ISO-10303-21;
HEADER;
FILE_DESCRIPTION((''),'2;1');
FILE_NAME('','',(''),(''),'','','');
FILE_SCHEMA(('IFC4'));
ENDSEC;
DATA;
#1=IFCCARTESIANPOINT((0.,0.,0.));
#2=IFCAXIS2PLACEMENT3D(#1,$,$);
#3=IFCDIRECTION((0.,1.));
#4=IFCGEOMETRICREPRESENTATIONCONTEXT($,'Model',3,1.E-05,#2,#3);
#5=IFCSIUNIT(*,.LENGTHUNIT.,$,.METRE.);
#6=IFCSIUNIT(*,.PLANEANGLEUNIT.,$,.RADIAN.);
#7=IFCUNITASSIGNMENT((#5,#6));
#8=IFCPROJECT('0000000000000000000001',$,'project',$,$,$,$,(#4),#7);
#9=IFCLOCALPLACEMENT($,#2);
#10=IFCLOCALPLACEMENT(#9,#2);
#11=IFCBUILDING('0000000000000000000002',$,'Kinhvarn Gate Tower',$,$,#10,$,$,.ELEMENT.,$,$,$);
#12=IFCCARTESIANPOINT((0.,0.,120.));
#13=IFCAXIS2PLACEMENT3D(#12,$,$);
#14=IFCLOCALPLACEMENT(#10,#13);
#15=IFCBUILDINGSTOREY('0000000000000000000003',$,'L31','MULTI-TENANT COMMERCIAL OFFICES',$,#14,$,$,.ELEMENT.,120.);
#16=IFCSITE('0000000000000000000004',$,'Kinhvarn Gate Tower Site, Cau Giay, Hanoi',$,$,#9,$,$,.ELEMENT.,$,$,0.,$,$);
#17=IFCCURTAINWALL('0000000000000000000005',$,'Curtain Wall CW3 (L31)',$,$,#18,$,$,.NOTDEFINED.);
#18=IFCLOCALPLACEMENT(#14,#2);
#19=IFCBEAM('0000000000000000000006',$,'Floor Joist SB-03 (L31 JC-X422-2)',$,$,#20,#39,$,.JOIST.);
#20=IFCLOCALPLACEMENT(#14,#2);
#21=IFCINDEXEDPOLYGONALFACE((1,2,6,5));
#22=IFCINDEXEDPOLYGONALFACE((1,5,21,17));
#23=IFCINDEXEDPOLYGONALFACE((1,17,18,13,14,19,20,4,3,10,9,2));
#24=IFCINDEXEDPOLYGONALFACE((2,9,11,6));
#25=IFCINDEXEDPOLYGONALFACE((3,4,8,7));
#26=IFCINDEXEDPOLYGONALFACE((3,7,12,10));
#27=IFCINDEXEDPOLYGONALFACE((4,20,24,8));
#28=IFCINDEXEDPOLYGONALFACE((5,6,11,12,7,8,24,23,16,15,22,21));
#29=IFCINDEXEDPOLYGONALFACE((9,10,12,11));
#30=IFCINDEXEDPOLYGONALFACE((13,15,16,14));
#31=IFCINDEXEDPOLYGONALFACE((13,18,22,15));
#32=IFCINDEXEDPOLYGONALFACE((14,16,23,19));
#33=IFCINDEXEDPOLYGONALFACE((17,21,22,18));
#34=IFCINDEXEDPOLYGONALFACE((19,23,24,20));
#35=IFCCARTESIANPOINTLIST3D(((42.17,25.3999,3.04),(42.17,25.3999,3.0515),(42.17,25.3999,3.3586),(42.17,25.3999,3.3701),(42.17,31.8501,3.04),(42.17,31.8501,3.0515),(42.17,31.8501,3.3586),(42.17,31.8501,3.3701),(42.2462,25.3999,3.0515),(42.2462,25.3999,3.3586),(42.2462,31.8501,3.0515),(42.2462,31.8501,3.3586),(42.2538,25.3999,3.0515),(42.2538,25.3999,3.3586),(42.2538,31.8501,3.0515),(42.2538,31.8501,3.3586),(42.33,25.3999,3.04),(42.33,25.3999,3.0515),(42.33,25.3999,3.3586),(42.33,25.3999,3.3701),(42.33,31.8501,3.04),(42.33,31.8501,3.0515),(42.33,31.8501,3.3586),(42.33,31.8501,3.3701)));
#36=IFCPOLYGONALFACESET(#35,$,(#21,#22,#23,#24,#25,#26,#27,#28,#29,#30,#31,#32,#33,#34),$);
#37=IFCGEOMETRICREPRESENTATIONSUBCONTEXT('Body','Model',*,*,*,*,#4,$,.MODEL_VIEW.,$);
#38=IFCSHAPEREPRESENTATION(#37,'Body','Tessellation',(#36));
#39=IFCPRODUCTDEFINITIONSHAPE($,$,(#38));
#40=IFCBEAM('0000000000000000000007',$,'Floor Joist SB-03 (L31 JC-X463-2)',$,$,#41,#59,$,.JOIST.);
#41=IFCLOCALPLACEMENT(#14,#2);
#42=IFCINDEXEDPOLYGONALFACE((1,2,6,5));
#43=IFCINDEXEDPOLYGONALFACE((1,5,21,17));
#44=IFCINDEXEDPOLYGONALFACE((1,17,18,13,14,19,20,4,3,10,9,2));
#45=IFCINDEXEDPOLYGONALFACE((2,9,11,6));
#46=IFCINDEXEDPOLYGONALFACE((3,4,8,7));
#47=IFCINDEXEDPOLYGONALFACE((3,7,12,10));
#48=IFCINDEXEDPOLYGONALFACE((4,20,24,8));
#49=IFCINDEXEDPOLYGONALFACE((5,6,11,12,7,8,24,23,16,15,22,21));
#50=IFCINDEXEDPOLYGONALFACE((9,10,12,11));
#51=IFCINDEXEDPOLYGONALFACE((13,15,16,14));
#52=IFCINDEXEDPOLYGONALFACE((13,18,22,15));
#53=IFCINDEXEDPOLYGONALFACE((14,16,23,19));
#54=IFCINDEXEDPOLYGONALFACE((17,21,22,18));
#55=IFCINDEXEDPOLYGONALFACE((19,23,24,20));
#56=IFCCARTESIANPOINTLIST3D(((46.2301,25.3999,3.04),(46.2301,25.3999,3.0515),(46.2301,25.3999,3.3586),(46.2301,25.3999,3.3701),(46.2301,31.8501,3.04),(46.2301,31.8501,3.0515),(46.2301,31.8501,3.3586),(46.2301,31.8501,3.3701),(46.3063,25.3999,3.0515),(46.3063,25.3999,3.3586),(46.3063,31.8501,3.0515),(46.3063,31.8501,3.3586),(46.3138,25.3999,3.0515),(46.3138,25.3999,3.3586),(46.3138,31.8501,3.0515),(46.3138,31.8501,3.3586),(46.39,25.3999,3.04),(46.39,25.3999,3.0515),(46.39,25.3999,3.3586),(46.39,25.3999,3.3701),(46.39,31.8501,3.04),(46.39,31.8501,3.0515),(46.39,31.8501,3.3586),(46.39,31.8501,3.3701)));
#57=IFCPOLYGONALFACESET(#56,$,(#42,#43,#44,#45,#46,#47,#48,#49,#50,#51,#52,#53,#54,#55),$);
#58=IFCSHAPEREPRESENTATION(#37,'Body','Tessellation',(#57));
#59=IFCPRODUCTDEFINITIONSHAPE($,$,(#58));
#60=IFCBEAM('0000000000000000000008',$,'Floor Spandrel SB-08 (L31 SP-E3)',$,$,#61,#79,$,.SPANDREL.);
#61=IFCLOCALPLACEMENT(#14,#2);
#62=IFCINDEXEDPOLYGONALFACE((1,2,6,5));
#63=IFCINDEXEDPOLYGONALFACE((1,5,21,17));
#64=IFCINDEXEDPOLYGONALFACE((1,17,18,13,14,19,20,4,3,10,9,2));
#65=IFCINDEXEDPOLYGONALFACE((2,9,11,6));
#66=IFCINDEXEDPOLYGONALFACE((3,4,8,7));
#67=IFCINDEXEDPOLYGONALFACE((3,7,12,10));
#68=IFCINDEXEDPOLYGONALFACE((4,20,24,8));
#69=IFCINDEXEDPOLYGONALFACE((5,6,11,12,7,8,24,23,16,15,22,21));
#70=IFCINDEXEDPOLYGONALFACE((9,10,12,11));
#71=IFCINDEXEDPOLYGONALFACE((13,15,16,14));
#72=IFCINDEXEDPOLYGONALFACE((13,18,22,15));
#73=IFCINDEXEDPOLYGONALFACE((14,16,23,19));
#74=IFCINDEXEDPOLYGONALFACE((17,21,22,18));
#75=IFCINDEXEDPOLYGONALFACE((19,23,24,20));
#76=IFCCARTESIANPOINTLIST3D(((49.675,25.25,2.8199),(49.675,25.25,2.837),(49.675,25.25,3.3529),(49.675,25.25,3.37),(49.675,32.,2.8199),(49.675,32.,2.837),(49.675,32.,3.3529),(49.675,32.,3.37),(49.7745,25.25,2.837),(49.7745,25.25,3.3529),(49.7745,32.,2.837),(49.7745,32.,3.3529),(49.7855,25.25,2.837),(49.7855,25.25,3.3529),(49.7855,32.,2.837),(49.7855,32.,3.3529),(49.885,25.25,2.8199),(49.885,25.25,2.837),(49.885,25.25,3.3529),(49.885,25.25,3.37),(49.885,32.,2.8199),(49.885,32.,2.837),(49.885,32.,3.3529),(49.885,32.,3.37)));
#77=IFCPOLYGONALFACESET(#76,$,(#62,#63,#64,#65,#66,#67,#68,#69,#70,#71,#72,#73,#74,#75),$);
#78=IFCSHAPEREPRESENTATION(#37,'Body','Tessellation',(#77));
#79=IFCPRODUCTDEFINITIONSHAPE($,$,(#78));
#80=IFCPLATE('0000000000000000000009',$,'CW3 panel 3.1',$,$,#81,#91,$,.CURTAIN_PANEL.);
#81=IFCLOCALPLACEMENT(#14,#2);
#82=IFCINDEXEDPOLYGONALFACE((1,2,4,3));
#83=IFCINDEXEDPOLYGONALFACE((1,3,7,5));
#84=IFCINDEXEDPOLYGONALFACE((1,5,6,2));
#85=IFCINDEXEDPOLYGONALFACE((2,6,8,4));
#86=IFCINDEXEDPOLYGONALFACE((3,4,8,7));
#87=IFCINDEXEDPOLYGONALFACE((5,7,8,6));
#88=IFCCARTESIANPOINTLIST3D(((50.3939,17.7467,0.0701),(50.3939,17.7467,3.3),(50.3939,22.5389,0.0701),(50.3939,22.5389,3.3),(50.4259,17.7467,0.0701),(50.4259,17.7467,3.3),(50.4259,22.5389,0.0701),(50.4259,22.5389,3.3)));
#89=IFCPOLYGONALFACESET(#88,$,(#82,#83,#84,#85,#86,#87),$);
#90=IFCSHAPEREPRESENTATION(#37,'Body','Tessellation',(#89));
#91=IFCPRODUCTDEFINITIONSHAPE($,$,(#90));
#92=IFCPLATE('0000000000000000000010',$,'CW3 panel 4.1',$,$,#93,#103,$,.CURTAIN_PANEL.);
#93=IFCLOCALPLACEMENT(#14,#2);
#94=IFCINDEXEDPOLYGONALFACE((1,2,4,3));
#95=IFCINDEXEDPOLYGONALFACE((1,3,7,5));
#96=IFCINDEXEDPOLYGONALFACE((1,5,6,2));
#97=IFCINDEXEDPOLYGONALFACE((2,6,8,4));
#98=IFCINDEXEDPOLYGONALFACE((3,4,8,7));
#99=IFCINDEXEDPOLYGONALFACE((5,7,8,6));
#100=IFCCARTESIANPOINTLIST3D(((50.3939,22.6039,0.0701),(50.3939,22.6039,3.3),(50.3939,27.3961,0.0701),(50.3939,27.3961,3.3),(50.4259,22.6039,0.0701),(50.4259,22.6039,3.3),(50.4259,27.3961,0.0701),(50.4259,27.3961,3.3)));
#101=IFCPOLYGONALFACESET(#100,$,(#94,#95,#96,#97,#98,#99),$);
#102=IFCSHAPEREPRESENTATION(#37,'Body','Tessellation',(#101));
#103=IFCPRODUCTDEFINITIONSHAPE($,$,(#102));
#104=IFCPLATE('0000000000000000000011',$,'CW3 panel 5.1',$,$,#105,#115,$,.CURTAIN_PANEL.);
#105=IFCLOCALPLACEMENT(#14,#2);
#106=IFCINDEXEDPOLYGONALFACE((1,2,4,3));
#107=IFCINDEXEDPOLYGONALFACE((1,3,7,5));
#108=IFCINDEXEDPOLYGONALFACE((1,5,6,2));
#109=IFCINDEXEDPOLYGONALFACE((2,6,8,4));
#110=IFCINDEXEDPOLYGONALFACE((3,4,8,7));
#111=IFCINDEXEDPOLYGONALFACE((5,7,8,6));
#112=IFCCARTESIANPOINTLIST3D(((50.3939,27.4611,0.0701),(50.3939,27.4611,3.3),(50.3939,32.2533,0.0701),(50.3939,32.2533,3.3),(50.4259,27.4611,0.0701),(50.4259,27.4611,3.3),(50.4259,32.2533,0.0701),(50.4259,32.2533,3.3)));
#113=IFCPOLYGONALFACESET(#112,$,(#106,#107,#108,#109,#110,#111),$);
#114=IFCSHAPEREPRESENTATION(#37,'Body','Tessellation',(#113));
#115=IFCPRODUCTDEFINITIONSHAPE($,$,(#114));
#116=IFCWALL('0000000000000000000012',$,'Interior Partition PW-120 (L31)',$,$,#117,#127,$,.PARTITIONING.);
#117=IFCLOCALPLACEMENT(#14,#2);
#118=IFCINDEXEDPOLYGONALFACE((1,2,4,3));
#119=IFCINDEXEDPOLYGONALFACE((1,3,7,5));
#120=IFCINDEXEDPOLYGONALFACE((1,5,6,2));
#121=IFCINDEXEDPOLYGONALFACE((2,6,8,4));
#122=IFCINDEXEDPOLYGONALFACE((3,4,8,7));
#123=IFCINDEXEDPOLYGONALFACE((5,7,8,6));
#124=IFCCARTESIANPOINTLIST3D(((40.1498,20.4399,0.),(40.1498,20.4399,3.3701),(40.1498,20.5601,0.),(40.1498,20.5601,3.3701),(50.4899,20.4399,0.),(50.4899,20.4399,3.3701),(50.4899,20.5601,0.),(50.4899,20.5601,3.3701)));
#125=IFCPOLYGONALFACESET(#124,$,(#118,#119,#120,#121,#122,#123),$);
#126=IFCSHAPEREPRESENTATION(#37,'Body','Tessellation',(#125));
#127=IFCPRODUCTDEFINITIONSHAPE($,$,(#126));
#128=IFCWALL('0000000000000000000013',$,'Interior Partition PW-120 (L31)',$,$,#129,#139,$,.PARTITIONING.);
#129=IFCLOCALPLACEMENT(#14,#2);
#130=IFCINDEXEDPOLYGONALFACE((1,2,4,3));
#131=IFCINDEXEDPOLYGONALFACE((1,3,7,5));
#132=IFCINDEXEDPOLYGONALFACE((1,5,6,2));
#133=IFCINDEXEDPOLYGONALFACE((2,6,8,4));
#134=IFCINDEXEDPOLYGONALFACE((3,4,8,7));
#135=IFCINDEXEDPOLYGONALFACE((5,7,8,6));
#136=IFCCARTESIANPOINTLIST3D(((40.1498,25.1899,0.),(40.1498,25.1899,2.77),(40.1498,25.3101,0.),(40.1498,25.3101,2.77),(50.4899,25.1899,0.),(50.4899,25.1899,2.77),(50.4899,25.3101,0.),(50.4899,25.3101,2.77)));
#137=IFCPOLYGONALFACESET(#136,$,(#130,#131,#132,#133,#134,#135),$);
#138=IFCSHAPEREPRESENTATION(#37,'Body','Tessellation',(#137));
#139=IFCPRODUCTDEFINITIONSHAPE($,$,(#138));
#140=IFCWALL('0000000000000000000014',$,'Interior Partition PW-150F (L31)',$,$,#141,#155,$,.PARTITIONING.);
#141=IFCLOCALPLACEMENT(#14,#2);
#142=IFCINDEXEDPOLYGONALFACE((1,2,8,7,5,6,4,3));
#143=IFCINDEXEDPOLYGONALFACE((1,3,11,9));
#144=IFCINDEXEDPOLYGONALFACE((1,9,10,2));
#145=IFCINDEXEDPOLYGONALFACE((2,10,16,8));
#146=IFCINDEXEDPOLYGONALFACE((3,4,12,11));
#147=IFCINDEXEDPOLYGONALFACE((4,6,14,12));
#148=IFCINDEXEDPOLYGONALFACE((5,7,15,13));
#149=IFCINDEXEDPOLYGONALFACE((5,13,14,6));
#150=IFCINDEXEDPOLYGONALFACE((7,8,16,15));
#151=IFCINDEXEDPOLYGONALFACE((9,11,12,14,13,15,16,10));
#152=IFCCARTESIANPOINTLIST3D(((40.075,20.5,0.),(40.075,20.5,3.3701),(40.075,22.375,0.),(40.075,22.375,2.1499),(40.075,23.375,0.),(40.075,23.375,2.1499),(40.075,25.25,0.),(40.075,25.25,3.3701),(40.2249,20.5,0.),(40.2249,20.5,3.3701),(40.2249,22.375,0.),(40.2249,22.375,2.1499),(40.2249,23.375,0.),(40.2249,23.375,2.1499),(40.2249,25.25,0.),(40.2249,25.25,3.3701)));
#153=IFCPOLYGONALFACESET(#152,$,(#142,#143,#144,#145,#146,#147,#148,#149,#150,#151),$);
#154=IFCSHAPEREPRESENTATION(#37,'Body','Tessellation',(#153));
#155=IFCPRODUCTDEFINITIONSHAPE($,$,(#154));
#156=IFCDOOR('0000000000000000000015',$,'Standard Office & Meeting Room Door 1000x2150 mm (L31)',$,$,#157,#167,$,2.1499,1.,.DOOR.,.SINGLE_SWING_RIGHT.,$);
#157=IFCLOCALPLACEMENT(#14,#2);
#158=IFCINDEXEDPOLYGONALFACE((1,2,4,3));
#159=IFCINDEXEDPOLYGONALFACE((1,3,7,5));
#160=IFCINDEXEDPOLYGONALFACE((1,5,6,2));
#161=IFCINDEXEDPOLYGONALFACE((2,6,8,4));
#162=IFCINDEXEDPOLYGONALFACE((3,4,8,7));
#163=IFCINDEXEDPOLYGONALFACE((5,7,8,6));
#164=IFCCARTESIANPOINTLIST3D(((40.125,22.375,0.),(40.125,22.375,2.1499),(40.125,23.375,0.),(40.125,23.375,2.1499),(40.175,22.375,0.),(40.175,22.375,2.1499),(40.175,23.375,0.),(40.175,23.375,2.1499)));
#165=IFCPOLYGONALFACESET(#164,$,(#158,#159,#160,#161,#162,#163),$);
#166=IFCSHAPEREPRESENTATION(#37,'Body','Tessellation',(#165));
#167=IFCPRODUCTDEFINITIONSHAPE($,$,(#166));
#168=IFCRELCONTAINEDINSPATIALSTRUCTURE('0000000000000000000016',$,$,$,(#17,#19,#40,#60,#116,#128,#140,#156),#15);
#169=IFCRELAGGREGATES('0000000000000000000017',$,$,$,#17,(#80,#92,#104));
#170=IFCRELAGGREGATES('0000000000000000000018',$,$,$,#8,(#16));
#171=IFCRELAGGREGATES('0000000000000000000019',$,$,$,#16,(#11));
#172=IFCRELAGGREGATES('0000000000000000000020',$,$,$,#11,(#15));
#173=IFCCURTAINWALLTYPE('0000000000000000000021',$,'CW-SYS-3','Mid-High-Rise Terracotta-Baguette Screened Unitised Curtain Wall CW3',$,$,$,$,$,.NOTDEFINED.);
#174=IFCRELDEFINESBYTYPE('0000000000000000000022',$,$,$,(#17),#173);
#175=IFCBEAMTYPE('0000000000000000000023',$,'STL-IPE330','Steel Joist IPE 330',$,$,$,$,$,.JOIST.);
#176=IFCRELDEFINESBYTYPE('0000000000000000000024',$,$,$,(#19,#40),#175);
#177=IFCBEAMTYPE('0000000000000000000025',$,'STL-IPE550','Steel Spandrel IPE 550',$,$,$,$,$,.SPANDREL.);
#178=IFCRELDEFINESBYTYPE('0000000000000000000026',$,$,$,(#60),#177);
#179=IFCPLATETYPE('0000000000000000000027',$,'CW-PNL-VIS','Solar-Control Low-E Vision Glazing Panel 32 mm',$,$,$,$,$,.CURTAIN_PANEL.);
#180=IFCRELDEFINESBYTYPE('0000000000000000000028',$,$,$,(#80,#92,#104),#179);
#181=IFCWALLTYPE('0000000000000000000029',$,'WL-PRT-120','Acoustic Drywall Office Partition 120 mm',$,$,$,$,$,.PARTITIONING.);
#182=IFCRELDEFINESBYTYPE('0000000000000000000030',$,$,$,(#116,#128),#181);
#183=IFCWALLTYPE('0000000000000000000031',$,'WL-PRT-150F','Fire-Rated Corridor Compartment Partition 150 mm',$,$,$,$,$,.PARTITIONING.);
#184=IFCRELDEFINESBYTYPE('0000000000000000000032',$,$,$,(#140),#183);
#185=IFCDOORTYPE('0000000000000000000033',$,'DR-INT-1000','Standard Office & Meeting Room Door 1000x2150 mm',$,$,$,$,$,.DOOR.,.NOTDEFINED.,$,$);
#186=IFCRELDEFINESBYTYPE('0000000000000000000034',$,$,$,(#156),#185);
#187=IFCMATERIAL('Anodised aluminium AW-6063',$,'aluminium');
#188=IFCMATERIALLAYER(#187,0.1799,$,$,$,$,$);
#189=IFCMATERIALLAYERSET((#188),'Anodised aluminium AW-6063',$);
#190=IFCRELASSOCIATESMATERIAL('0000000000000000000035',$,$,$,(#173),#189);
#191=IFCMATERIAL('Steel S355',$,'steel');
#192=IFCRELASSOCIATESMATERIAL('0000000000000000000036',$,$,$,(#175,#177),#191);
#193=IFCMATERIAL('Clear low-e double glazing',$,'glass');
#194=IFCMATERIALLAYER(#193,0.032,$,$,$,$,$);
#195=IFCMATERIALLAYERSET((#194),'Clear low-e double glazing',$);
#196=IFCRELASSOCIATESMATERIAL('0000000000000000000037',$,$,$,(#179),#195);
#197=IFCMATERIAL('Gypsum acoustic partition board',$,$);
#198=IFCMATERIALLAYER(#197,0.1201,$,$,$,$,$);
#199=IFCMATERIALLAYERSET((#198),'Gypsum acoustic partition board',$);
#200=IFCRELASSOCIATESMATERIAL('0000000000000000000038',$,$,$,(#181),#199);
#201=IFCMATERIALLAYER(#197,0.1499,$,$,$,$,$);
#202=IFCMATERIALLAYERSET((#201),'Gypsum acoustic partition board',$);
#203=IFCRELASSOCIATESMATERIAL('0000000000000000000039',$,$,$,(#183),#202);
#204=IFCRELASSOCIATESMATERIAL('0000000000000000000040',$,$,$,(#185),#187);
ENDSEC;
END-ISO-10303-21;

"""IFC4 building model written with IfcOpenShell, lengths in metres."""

from ifc_helpers import new_model, si_unit, direction, frame, frame_2d, origin, origin_2d, place, context, subcontext, project, spatial, rectangle, i_section, extrude, material, layer, layer_set, material_profile, profile_set, type_object, element, fill, aggregate, save


model = new_model("IFC4")

# Units and contexts
model_context = context("Model", 3, precision=1e-05, world=origin(), true_north=direction((0.0, 1.0)))
body_context = subcontext(model_context, "Body", "Model", "MODEL_VIEW")
ifc_project = project(units=[si_unit("LENGTHUNIT", "METRE"), si_unit("PLANEANGLEUNIT", "RADIAN")], contexts=[model_context])

# Site, building, storey
site_placement = place(None, origin())
site = spatial("IfcSite", under=ifc_project, at=site_placement, Name="Kinhvarn Gate Tower Site, Cau Giay, Hanoi", CompositionType="ELEMENT", RefElevation=0.0)
building_placement = place(site_placement, origin())
building = spatial("IfcBuilding", under=site, at=building_placement, Name="Kinhvarn Gate Tower", CompositionType="ELEMENT")
storey_placement = place(building_placement, frame((0.0, 0.0, 120.0)))
storey = spatial("IfcBuildingStorey", under=building, at=storey_placement, Name="L31", Description="MULTI-TENANT COMMERCIAL OFFICES", CompositionType="ELEMENT", Elevation=120.0)

# Curtain wall
ifc_material_1 = material(Name="Anodised aluminium AW-6063", Category="aluminium")
ifc_layer_1 = layer(ifc_material_1, 0.1799)
ifc_layer_set_1 = layer_set([ifc_layer_1], Name="Anodised aluminium AW-6063")
curtain_wall_type = type_object("IfcCurtainWallType", Name="CW-SYS-3", Description="Mid-High-Rise Terracotta-Baguette Screened Unitised Curtain Wall CW3", PredefinedType="NOTDEFINED", material=ifc_layer_set_1)
curtain_wall_placement = place(storey_placement, origin())
curtain_wall = element("IfcCurtainWall", 1, at=curtain_wall_placement, inside=storey, type_object=curtain_wall_type, Name="Curtain Wall CW3 (L31)", PredefinedType="NOTDEFINED")

# Beams
ifc_material_2 = material(Name="Steel S355", Category="steel")
ifc_material_profile_1 = material_profile(ifc_material_2, i_section(OverallWidth=0.1599, OverallDepth=0.3301, WebThickness=0.0076, FlangeThickness=0.0115, at=origin_2d()), Name="IPE 330")
ifc_profile_set_1 = profile_set([ifc_material_profile_1], Name="Steel S355")
beam_type_1 = type_object("IfcBeamType", Name="STL-IPE330", Description="Steel Joist IPE 330", PredefinedType="JOIST", material=ifc_profile_set_1)
for number, where, z_axis, x_axis, name in (
    (2, (42.25, 25.3999, 3.2051), (0.0, 1.0, 0.0), (-1.0, 0.0, 0.0), "Floor Joist SB-03 (L31 JC-X422-2)"),
    (3, (46.3101, 25.3999, 3.2051), (0.0, 1.0, 0.0), (-1.0, 0.0, 0.0), "Floor Joist SB-03 (L31 JC-X463-2)"),
):
    element("IfcBeam", number, at=place(storey_placement, frame(where, z_axis=z_axis, x_axis=x_axis)), inside=storey, type_object=beam_type_1, Name=name, PredefinedType="JOIST", context=body_context, shape_type="SweptSolid", body=[
        extrude(i_section(OverallWidth=0.1599, OverallDepth=0.3301, WebThickness=0.0076, FlangeThickness=0.0115, at=origin_2d()), origin(), (0.0, 0.0, 1.0), 6.4502),
    ])
ifc_material_profile_2 = material_profile(ifc_material_2, i_section(OverallWidth=0.21, OverallDepth=0.55, WebThickness=0.011, FlangeThickness=0.0171, at=origin_2d()), Name="IPE 550")
ifc_profile_set_2 = profile_set([ifc_material_profile_2], Name="Steel S355")
beam_type_2 = type_object("IfcBeamType", Name="STL-IPE550", Description="Steel Spandrel IPE 550", PredefinedType="SPANDREL", material=ifc_profile_set_2)
beam_1_placement = place(storey_placement, frame((49.78, 25.25, 3.095), z_axis=(0.0, 1.0, 0.0), x_axis=(-1.0, 0.0, 0.0)))
element("IfcBeam", 4, at=beam_1_placement, inside=storey, type_object=beam_type_2, Name="Floor Spandrel SB-08 (L31 SP-E3)", PredefinedType="SPANDREL", context=body_context, shape_type="SweptSolid", body=[
    extrude(i_section(OverallWidth=0.21, OverallDepth=0.55, WebThickness=0.011, FlangeThickness=0.0171, at=origin_2d()), origin(), (0.0, 0.0, 1.0), 6.75),
])

# Plates
ifc_material_3 = material(Name="Clear low-e double glazing", Category="glass")
ifc_layer_2 = layer(ifc_material_3, 0.032)
ifc_layer_set_2 = layer_set([ifc_layer_2], Name="Clear low-e double glazing")
plate_type = type_object("IfcPlateType", Name="CW-PNL-VIS", Description="Solar-Control Low-E Vision Glazing Panel 32 mm", PredefinedType="CURTAIN_PANEL", material=ifc_layer_set_2)
plate_1_placement = place(storey_placement, frame((50.4099, 20.1428, 0.0701), z_axis=(0.0, 0.0, 1.0), x_axis=(0.0, 1.0, 0.0)))
plate_1 = element("IfcPlate", 5, at=plate_1_placement, type_object=plate_type, Name="CW3 panel 3.1", PredefinedType="CURTAIN_PANEL", context=body_context, shape_type="SweptSolid", body=[
    extrude(rectangle(XDim=4.7922, YDim=0.032, at=origin_2d()), origin(), (0.0, 0.0, 1.0), 3.23),
])
plate_2_placement = place(storey_placement, frame((50.4099, 25.0, 0.0701), z_axis=(0.0, 0.0, 1.0), x_axis=(0.0, 1.0, 0.0)))
plate_2 = element("IfcPlate", 6, at=plate_2_placement, type_object=plate_type, Name="CW3 panel 4.1", PredefinedType="CURTAIN_PANEL", context=body_context, shape_type="SweptSolid", body=[
    extrude(rectangle(XDim=4.7922, YDim=0.032, at=origin_2d()), origin(), (0.0, 0.0, 1.0), 3.23),
])
plate_3_placement = place(storey_placement, frame((50.4099, 29.8572, 0.0701), z_axis=(0.0, 0.0, 1.0), x_axis=(0.0, 1.0, 0.0)))
plate_3 = element("IfcPlate", 7, at=plate_3_placement, type_object=plate_type, Name="CW3 panel 5.1", PredefinedType="CURTAIN_PANEL", context=body_context, shape_type="SweptSolid", body=[
    extrude(rectangle(XDim=4.7922, YDim=0.032, at=origin_2d()), origin(), (0.0, 0.0, 1.0), 3.23),
])
aggregate(curtain_wall, [plate_1, plate_2, plate_3])

# Walls
ifc_material_4 = material(Name="Gypsum acoustic partition board")
ifc_layer_3 = layer(ifc_material_4, 0.1201)
ifc_layer_set_3 = layer_set([ifc_layer_3], Name="Gypsum acoustic partition board")
wall_type_1 = type_object("IfcWallType", Name="WL-PRT-120", Description="Acoustic Drywall Office Partition 120 mm", PredefinedType="PARTITIONING", material=ifc_layer_set_3)
wall_1_placement = place(storey_placement, frame((40.1499, 20.5, 0.0), z_axis=(0.0, 0.0, 1.0), x_axis=(1.0, 0.0, 0.0)))
element("IfcWall", 8, at=wall_1_placement, inside=storey, type_object=wall_type_1, Name="Interior Partition PW-120 (L31)", PredefinedType="PARTITIONING", context=body_context, shape_type="SweptSolid", body=[
    extrude(rectangle(XDim=10.3401, YDim=0.1201, at=frame_2d((5.1699, 0.0))), origin(), (0.0, 0.0, 1.0), 3.3701),
])
wall_2_placement = place(storey_placement, frame((40.1499, 25.25, 0.0), z_axis=(0.0, 0.0, 1.0), x_axis=(1.0, 0.0, 0.0)))
element("IfcWall", 9, at=wall_2_placement, inside=storey, type_object=wall_type_1, Name="Interior Partition PW-120 (L31)", PredefinedType="PARTITIONING", context=body_context, shape_type="SweptSolid", body=[
    extrude(rectangle(XDim=10.3401, YDim=0.1201, at=frame_2d((5.1699, 0.0))), origin(), (0.0, 0.0, 1.0), 2.77),
])

# Wall, opening, door
ifc_layer_4 = layer(ifc_material_4, 0.1499)
ifc_layer_set_4 = layer_set([ifc_layer_4], Name="Gypsum acoustic partition board")
wall_type_2 = type_object("IfcWallType", Name="WL-PRT-150F", Description="Fire-Rated Corridor Compartment Partition 150 mm", PredefinedType="PARTITIONING", material=ifc_layer_set_4)
wall_3_placement = place(storey_placement, frame((40.1499, 20.5, 0.0), z_axis=(0.0, 0.0, 1.0), x_axis=(0.0, 1.0, 0.0)))
wall_3 = element("IfcWall", 10, at=wall_3_placement, inside=storey, type_object=wall_type_2, Name="Interior Partition PW-150F (L31)", PredefinedType="PARTITIONING", context=body_context, shape_type="SweptSolid", body=[
    extrude(rectangle(XDim=4.75, YDim=0.1499, at=frame_2d((2.375, 0.0))), origin(), (0.0, 0.0, 1.0), 3.3701),
])
opening_1_placement = place(wall_3_placement, frame((1.875, 0.0, 0.0)))
opening_1 = element("IfcOpeningElement", 11, at=opening_1_placement, cuts=wall_3, PredefinedType="OPENING", context=body_context, shape_type="SweptSolid", body=[
    extrude(rectangle(XDim=1.0, YDim=2.1499, at=frame_2d((0.5, 1.075))), frame((0.0, 0.085, 0.0), z_axis=(0.0, -1.0, 0.0), x_axis=(1.0, 0.0, 0.0)), (0.0, 0.0, 1.0), 0.1699),
])
door_type = type_object("IfcDoorType", Name="DR-INT-1000", Description="Standard Office & Meeting Room Door 1000x2150 mm", OperationType="NOTDEFINED", PredefinedType="DOOR", material=ifc_material_1)
door_1_placement = place(opening_1_placement, origin())
door_1 = element("IfcDoor", 12, at=door_1_placement, inside=storey, type_object=door_type, Name="Standard Office & Meeting Room Door 1000x2150 mm (L31)", OperationType="SINGLE_SWING_RIGHT", OverallHeight=2.1499, OverallWidth=1.0, PredefinedType="DOOR", context=body_context, shape_type="SweptSolid", body=[
    extrude(rectangle(XDim=1.0, YDim=2.1499, at=frame_2d((0.5, 1.075))), frame((0.0, 0.0249, 0.0), z_axis=(0.0, -1.0, 0.0), x_axis=(1.0, 0.0, 0.0)), (0.0, 0.0, 1.0), 0.05),
])
fill(opening_1, door_1)

save(model, "model.ifc")
